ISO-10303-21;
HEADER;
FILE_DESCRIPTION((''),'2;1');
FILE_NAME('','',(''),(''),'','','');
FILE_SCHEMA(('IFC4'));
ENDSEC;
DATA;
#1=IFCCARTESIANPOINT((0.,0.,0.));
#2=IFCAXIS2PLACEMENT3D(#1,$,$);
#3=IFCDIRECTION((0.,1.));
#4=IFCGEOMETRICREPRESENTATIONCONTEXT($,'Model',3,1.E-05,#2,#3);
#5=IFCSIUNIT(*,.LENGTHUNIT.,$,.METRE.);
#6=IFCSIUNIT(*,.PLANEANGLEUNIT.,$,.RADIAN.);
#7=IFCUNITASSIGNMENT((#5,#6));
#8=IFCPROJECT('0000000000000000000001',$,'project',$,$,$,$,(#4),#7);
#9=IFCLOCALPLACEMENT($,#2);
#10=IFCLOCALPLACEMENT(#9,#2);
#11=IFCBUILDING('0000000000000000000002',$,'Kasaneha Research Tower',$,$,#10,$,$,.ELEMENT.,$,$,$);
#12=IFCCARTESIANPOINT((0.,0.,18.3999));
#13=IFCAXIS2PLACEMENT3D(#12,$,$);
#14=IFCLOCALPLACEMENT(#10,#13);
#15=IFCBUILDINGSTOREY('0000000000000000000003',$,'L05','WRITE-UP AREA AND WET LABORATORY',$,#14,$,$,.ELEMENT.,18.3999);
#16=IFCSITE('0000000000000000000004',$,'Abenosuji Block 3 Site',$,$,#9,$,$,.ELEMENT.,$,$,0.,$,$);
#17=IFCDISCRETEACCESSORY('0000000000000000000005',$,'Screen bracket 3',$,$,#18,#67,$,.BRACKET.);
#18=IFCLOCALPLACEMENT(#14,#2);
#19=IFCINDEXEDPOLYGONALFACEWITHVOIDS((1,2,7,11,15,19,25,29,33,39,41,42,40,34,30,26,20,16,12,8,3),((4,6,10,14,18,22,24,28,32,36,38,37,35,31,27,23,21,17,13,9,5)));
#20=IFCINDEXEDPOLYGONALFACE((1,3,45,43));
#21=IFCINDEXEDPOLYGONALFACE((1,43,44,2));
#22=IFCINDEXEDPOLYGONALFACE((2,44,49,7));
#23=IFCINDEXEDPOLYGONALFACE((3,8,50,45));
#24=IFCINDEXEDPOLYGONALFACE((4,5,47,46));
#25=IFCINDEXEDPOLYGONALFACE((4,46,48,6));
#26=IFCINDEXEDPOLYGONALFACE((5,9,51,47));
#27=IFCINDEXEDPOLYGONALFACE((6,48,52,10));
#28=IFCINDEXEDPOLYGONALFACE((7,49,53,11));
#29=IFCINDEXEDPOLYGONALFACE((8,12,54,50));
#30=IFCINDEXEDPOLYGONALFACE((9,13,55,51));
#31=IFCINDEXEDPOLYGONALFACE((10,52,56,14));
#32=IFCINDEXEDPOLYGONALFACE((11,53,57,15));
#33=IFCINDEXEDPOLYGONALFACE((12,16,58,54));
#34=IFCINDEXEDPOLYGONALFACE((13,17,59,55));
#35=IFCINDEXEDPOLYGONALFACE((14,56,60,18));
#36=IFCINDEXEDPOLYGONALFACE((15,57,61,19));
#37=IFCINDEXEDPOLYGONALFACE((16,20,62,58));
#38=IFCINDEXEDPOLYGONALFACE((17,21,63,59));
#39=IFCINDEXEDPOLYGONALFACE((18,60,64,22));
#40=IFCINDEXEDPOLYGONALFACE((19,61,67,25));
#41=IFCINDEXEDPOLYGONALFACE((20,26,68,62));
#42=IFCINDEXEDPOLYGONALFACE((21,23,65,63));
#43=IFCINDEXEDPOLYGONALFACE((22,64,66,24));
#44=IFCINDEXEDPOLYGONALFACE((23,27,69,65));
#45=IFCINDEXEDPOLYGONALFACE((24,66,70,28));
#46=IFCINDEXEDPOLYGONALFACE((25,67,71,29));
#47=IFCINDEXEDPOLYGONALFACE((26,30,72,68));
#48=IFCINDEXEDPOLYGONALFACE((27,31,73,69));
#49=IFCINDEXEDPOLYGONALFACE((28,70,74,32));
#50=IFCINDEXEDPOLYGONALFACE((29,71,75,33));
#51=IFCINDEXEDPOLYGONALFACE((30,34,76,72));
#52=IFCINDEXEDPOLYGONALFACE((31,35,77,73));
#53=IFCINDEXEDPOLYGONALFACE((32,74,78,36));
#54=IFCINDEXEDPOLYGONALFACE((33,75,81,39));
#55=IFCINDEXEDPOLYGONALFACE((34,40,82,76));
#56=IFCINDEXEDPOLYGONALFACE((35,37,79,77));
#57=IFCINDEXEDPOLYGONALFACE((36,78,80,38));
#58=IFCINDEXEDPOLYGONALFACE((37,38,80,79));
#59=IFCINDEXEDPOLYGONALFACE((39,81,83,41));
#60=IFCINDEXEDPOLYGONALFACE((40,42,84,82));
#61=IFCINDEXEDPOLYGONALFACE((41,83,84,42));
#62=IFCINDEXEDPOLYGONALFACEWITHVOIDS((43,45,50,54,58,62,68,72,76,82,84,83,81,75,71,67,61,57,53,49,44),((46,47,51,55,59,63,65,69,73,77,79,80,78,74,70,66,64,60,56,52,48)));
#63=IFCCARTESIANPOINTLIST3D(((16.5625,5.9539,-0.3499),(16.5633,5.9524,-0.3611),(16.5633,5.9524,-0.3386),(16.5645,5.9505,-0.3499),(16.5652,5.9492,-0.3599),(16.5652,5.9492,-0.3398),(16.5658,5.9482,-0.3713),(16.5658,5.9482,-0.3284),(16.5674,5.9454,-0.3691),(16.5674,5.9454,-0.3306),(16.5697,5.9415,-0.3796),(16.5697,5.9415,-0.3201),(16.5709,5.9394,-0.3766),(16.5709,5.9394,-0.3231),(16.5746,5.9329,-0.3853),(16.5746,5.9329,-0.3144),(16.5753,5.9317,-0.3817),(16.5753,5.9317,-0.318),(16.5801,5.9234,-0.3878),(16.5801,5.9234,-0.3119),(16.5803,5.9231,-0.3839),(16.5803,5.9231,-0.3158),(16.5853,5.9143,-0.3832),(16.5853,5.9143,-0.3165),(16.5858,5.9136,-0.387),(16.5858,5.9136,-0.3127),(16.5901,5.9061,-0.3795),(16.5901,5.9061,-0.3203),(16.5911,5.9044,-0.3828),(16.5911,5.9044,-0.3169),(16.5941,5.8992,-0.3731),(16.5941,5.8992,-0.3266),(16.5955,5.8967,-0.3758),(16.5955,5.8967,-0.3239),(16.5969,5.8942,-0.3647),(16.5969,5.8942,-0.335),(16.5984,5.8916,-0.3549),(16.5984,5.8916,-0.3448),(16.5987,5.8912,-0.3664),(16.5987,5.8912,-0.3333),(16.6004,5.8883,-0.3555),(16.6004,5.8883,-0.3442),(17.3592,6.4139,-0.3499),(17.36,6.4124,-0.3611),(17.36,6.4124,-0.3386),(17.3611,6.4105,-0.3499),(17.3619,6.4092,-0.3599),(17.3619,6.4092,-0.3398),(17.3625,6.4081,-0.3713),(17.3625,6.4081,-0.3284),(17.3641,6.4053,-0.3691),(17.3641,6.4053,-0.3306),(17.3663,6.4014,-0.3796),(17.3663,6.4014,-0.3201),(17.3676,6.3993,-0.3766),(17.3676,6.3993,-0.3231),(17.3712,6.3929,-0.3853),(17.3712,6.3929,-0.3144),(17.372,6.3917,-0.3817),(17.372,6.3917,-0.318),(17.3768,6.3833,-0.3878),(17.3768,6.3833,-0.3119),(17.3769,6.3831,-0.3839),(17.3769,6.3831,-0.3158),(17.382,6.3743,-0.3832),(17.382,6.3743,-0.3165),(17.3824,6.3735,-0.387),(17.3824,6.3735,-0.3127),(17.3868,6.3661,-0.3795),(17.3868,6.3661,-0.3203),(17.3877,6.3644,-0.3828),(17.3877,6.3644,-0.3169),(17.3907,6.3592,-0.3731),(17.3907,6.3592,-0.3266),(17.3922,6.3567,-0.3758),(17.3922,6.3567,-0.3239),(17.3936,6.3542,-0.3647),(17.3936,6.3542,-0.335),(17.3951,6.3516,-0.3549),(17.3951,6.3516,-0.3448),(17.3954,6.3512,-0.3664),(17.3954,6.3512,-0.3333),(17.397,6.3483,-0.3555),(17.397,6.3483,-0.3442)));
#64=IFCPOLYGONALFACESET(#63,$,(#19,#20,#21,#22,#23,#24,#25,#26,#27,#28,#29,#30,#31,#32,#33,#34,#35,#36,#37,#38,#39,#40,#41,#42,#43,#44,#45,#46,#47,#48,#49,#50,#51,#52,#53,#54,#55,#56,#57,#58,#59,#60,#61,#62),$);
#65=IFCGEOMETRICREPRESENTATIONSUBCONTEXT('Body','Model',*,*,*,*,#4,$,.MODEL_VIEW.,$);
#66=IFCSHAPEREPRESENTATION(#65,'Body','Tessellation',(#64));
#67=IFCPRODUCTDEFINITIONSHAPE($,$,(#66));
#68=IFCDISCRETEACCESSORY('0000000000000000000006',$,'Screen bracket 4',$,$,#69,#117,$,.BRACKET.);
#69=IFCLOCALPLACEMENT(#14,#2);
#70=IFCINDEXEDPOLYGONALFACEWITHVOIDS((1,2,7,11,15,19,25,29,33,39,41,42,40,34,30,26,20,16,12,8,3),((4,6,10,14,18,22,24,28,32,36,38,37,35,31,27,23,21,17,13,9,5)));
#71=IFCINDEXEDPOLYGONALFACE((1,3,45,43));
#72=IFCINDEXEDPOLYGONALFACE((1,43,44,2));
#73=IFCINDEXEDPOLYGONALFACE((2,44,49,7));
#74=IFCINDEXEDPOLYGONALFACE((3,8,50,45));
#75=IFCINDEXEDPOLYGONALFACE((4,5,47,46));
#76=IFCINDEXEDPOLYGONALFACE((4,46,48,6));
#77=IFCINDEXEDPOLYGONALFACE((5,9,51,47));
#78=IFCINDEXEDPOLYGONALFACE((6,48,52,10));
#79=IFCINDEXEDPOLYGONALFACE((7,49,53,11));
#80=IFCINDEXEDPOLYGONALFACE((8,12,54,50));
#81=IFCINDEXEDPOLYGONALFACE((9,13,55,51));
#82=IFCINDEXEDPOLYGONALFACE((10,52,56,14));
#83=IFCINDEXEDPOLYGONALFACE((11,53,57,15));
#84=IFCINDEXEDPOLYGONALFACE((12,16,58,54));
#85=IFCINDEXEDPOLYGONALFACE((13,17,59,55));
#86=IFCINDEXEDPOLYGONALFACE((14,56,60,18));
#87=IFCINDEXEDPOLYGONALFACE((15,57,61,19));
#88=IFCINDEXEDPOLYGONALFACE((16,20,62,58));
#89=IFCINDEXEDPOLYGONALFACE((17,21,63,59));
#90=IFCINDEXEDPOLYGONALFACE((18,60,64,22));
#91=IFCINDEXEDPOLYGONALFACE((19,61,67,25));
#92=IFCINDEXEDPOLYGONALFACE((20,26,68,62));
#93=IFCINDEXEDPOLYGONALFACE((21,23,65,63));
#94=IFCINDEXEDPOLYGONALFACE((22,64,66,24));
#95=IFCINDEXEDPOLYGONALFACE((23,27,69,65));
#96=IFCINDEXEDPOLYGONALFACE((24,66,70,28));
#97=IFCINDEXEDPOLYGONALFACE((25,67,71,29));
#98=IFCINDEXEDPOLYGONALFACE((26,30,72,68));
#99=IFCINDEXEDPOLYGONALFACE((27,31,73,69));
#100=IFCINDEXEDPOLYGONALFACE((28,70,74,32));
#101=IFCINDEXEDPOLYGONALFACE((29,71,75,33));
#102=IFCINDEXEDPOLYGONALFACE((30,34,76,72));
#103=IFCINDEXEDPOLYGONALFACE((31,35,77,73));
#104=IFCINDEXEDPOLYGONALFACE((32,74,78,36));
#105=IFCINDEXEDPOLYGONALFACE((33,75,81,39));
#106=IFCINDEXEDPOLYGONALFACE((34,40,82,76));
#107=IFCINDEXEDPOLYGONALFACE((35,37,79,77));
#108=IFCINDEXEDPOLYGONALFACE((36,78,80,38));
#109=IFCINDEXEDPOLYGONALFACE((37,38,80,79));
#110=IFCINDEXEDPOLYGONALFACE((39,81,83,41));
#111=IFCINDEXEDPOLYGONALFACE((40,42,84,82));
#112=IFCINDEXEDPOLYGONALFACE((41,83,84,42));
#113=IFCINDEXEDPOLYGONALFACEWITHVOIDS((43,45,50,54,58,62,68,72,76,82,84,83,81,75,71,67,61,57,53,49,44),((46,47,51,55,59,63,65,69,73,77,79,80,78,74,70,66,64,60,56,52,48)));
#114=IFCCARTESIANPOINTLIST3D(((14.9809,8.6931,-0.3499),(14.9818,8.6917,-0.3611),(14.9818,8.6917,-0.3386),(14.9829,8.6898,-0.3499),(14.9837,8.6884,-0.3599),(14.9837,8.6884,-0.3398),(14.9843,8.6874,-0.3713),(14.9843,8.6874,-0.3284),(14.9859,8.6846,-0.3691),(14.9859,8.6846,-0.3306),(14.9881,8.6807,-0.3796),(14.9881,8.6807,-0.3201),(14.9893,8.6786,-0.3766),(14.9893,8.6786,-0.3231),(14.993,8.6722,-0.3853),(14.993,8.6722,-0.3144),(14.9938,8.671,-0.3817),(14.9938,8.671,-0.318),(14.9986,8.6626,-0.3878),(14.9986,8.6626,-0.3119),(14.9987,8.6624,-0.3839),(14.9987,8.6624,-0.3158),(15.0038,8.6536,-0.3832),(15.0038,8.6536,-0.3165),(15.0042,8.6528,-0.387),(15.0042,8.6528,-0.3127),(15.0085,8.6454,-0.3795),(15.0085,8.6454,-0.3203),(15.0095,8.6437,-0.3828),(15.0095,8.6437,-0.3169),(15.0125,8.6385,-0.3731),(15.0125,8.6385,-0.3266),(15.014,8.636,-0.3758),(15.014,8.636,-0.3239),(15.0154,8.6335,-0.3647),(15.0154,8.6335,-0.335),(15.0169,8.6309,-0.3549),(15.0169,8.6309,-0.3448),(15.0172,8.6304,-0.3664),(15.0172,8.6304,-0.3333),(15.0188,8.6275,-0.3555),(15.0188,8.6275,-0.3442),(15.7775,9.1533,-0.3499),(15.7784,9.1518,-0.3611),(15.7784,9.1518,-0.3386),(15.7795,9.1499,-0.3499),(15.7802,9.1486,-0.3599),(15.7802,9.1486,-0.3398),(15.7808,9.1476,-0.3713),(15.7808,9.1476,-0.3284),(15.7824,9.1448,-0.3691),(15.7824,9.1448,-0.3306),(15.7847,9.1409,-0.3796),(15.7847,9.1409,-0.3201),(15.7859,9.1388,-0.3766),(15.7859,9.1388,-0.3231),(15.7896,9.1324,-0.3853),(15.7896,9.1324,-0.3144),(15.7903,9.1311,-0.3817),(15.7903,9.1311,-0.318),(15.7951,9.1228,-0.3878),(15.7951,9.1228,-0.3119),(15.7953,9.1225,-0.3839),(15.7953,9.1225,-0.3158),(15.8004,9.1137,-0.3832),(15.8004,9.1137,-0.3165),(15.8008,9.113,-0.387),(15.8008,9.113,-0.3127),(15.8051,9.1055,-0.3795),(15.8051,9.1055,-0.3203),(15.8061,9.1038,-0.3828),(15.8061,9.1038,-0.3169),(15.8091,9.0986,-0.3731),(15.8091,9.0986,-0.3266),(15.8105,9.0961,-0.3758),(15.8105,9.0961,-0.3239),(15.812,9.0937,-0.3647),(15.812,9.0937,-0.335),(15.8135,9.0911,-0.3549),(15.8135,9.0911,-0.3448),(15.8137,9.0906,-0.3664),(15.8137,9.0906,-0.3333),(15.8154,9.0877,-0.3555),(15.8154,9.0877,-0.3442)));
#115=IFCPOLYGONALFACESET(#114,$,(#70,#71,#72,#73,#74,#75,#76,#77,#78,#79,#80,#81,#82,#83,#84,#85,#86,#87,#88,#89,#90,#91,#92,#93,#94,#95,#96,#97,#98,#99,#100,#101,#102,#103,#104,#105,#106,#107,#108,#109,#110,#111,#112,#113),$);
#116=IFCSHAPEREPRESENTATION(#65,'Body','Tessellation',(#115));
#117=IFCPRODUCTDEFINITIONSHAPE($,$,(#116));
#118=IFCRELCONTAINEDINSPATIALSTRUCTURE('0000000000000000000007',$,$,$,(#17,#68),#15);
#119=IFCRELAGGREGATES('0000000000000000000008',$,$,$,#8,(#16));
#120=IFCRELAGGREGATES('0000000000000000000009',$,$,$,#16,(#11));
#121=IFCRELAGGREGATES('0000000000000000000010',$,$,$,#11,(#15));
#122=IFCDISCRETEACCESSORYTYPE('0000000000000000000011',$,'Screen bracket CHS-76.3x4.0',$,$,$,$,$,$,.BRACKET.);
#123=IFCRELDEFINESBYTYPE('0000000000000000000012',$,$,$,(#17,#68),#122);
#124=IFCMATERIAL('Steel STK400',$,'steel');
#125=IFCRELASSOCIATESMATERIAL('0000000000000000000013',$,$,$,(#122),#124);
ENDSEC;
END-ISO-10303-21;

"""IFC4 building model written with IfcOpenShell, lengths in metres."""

from ifc_helpers import new_model, si_unit, direction, frame, origin, origin_2d, place, context, subcontext, project, spatial, hollow_circle, extrude, material, material_profile, profile_set, type_object, element, save


model = new_model("IFC4")

# Units and contexts
model_context = context("Model", 3, precision=1e-05, world=origin(), true_north=direction((0.0, 1.0)))
body_context = subcontext(model_context, "Body", "Model", "MODEL_VIEW")
ifc_project = project(units=[si_unit("LENGTHUNIT", "METRE"), si_unit("PLANEANGLEUNIT", "RADIAN")], contexts=[model_context])

# Site, building, storey
site_placement = place(None, origin())
site = spatial("IfcSite", under=ifc_project, at=site_placement, Name="Abenosuji Block 3 Site", CompositionType="ELEMENT", RefElevation=0.0)
building_placement = place(site_placement, origin())
building = spatial("IfcBuilding", under=site, at=building_placement, Name="Kasaneha Research Tower", CompositionType="ELEMENT")
storey_placement = place(building_placement, frame((0.0, 0.0, 18.3999)))
storey = spatial("IfcBuildingStorey", under=building, at=storey_placement, Name="L05", Description="WRITE-UP AREA AND WET LABORATORY", CompositionType="ELEMENT", Elevation=18.3999)

# Discrete accessories
ifc_material_1 = material(Name="Steel STK400", Category="steel")
ifc_material_profile_1 = material_profile(ifc_material_1, hollow_circle(Radius=0.0381, WallThickness=0.0039, at=origin_2d()), Name="CHS-76.3x4.0")
ifc_profile_set_1 = profile_set([ifc_material_profile_1], Name="Steel STK400")
discrete_accessory_type = type_object("IfcDiscreteAccessoryType", Name="Screen bracket CHS-76.3x4.0", PredefinedType="BRACKET", material=ifc_profile_set_1)
for number, where, z_axis, x_axis, name in (
    (1, (16.5815, 5.9209, -0.3499), (0.866013, 0.500021, 0.0), (-0.500021, 0.866013, 0.0), "Screen bracket 3"),
    (2, (15.0, 8.6602, -0.3499), (0.865898, 0.50022, 0.0), (-0.50022, 0.865898, 0.0), "Screen bracket 4"),
):
    element("IfcDiscreteAccessory", number, at=place(storey_placement, frame(where, z_axis=z_axis, x_axis=x_axis)), inside=storey, type_object=discrete_accessory_type, Name=name, PredefinedType="BRACKET", context=body_context, shape_type="SweptSolid", body=[
        extrude(hollow_circle(Radius=0.0381, WallThickness=0.0039, at=origin_2d()), origin(), (0.0, 0.0, 1.0), 0.9199),
    ])

save(model, "model.ifc")
